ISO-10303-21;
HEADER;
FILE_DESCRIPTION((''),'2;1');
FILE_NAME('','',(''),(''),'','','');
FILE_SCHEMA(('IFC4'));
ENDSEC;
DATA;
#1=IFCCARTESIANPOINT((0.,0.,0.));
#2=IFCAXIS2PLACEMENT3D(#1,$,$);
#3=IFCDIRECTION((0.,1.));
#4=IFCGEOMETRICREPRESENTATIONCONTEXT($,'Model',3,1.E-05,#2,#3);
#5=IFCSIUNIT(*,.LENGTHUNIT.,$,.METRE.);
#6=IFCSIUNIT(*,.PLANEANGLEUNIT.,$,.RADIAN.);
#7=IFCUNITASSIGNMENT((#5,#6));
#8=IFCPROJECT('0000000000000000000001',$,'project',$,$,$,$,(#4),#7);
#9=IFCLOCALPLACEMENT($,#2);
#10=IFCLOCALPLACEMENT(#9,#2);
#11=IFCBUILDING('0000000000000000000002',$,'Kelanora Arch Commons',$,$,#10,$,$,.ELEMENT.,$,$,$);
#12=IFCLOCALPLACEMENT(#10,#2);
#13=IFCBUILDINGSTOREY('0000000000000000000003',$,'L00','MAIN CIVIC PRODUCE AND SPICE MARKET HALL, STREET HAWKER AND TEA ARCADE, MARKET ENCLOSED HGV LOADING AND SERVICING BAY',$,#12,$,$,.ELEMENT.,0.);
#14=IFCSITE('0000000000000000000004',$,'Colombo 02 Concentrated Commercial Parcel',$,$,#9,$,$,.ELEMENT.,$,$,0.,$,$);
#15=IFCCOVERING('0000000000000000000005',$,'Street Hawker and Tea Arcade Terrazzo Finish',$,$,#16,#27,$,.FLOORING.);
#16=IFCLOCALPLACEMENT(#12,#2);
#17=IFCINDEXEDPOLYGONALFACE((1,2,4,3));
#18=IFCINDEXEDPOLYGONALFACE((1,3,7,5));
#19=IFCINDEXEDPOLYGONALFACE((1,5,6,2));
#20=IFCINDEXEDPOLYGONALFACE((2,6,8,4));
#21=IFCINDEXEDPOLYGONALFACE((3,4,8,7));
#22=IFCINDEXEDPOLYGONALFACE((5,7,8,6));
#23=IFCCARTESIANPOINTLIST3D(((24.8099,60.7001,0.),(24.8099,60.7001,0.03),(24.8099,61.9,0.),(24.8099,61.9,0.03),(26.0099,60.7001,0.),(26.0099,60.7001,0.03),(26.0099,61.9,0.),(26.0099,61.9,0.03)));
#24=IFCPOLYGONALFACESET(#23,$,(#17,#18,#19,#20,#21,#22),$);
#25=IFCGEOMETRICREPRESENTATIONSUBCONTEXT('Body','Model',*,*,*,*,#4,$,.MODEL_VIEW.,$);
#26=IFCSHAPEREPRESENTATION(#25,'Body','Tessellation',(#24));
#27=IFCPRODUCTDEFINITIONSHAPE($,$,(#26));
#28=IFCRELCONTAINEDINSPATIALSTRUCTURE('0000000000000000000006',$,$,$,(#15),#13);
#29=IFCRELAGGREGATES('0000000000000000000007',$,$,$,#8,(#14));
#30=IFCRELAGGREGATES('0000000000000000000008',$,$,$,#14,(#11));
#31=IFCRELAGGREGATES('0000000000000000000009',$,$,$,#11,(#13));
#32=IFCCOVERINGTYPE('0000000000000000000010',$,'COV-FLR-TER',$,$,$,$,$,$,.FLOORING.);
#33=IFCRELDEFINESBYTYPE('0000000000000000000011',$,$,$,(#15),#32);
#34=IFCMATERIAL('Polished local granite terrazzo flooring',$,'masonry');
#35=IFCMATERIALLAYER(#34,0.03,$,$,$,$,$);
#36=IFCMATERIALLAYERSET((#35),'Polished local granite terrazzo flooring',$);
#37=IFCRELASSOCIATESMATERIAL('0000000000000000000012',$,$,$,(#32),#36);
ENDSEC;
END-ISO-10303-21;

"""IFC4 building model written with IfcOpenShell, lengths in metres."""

from ifc_helpers import new_model, si_unit, direction, frame, origin, origin_2d, place, context, subcontext, project, spatial, rectangle, extrude, source, transform, mapped, material, layer, layer_set, type_object, element, save


model = new_model("IFC4")

# Units and contexts
model_context = context("Model", 3, precision=1e-05, world=origin(), true_north=direction((0.0, 1.0)))
body_context = subcontext(model_context, "Body", "Model", "MODEL_VIEW")
ifc_project = project(units=[si_unit("LENGTHUNIT", "METRE"), si_unit("PLANEANGLEUNIT", "RADIAN")], contexts=[model_context])

# Site, building, storey
site_placement = place(None, origin())
site = spatial("IfcSite", under=ifc_project, at=site_placement, Name="Colombo 02 Concentrated Commercial Parcel", CompositionType="ELEMENT", RefElevation=0.0)
building_placement = place(site_placement, origin())
building = spatial("IfcBuilding", under=site, at=building_placement, Name="Kelanora Arch Commons", CompositionType="ELEMENT")
storey_placement = place(building_placement, origin())
storey = spatial("IfcBuildingStorey", under=building, at=storey_placement, Name="L00", Description="MAIN CIVIC PRODUCE AND SPICE MARKET HALL, STREET HAWKER AND TEA ARCADE, MARKET ENCLOSED HGV LOADING AND SERVICING BAY", CompositionType="ELEMENT", Elevation=0.0)

# Covering
ifc_material_1 = material(Name="Polished local granite terrazzo flooring", Category="masonry")
ifc_layer_1 = layer(ifc_material_1, 0.03)
ifc_layer_set_1 = layer_set([ifc_layer_1], Name="Polished local granite terrazzo flooring")
covering_type = type_object("IfcCoveringType", Name="COV-FLR-TER", PredefinedType="FLOORING", material=ifc_layer_set_1)
shared_shape = source(origin(), body_context, "Body", "SweptSolid", [
    extrude(rectangle(XDim=1.2, YDim=1.2, at=origin_2d()), origin(), (0.0, 0.0, 1.0), 0.03),
])
covering_placement = place(storey_placement, frame((25.4099, 61.3, 0.0), z_axis=(0.0, 0.0, 1.0), x_axis=(1.0, 0.0, 0.0)))
element("IfcCovering", 1, at=covering_placement, inside=storey, type_object=covering_type, Name="Street Hawker and Tea Arcade Terrazzo Finish", PredefinedType="FLOORING", context=body_context, shape_type="MappedRepresentation", body=[
    mapped(shared_shape, transform((0.0, 0.0, 0.0), scale=1.0)),
])

save(model, "model.ifc")
